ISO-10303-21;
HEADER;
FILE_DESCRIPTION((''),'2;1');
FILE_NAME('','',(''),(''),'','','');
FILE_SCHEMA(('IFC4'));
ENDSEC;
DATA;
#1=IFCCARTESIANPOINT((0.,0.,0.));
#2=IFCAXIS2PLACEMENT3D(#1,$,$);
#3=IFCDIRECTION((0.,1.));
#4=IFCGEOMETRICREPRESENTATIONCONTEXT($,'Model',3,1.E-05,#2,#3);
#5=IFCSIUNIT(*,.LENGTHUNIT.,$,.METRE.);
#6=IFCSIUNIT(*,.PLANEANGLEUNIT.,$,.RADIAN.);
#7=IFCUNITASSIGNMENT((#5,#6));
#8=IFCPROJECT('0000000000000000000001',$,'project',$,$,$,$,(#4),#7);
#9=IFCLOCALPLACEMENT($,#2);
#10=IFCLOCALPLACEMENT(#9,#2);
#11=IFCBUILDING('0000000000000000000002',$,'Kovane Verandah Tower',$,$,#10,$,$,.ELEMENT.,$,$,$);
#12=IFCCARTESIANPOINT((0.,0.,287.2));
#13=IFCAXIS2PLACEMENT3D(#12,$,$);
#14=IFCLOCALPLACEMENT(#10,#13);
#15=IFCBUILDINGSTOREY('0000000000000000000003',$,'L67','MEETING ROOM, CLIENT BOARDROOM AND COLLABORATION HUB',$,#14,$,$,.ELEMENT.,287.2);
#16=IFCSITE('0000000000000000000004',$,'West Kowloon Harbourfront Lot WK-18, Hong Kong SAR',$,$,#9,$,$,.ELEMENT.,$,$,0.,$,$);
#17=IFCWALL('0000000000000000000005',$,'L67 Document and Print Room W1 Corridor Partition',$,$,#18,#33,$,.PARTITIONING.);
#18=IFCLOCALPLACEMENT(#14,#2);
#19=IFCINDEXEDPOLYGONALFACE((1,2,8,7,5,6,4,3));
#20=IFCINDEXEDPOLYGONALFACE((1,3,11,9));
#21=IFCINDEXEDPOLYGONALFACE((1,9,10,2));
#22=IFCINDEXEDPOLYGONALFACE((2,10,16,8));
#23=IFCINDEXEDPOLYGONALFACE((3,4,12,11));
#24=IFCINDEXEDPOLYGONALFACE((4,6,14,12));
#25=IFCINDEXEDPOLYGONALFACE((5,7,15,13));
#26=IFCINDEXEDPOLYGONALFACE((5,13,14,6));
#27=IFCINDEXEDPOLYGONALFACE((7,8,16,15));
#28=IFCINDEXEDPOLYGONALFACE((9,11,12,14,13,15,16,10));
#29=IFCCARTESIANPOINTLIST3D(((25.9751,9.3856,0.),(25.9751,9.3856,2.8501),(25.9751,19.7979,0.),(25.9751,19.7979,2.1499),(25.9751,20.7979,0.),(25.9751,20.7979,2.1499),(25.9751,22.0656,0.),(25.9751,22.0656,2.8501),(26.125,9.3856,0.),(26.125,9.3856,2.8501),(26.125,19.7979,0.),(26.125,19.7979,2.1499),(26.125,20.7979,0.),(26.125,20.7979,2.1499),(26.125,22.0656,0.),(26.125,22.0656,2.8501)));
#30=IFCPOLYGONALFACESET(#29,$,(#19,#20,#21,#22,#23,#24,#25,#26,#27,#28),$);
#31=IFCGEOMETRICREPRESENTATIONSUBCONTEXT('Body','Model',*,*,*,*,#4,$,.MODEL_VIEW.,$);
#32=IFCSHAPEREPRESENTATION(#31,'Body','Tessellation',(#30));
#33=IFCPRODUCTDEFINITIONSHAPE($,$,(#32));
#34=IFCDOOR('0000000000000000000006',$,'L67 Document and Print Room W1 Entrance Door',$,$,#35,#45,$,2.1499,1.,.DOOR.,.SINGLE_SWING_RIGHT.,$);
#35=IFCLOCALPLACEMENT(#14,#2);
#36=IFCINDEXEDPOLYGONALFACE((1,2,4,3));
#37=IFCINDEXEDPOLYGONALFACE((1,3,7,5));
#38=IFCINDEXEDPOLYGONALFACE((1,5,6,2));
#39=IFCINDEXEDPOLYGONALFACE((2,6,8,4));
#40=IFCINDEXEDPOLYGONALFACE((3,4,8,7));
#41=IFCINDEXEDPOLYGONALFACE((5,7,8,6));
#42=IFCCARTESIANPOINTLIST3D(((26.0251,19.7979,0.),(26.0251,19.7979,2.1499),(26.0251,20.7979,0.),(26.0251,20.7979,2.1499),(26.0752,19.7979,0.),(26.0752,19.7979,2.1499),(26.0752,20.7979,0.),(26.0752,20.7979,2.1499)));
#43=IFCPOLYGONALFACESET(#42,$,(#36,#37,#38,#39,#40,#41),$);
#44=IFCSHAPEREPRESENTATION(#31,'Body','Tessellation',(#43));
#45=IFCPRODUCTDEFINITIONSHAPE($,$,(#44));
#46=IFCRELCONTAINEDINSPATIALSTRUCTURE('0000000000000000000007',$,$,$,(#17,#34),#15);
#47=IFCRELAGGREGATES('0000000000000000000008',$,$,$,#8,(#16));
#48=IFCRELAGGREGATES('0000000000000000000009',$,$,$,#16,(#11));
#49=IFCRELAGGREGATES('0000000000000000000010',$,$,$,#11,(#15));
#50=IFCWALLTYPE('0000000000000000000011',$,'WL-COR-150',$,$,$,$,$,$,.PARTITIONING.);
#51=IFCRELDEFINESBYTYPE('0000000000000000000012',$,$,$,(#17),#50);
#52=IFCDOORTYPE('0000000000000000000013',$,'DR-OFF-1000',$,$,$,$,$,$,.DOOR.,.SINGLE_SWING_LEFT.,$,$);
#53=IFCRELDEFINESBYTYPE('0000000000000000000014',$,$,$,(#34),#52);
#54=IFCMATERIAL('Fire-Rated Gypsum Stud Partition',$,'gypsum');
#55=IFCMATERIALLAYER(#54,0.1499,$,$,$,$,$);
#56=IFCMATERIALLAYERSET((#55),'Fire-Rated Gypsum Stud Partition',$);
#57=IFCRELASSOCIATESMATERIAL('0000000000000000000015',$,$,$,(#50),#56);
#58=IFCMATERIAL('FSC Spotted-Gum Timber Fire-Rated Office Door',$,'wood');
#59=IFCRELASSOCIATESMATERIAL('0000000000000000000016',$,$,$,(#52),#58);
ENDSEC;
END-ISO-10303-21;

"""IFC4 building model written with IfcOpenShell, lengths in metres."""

from ifc_helpers import new_model, si_unit, direction, frame, frame_2d, origin, place, context, subcontext, project, spatial, rectangle, extrude, material, layer, layer_set, type_object, element, fill, save


model = new_model("IFC4")

# Units and contexts
model_context = context("Model", 3, precision=1e-05, world=origin(), true_north=direction((0.0, 1.0)))
body_context = subcontext(model_context, "Body", "Model", "MODEL_VIEW")
ifc_project = project(units=[si_unit("LENGTHUNIT", "METRE"), si_unit("PLANEANGLEUNIT", "RADIAN")], contexts=[model_context])

# Site, building, storey
site_placement = place(None, origin())
site = spatial("IfcSite", under=ifc_project, at=site_placement, Name="West Kowloon Harbourfront Lot WK-18, Hong Kong SAR", CompositionType="ELEMENT", RefElevation=0.0)
building_placement = place(site_placement, origin())
building = spatial("IfcBuilding", under=site, at=building_placement, Name="Kovane Verandah Tower", CompositionType="ELEMENT")
storey_placement = place(building_placement, frame((0.0, 0.0, 287.2)))
storey = spatial("IfcBuildingStorey", under=building, at=storey_placement, Name="L67", Description="MEETING ROOM, CLIENT BOARDROOM AND COLLABORATION HUB", CompositionType="ELEMENT", Elevation=287.2)

# Wall, opening, door
ifc_material_1 = material(Name="Fire-Rated Gypsum Stud Partition", Category="gypsum")
ifc_layer_1 = layer(ifc_material_1, 0.1499)
ifc_layer_set_1 = layer_set([ifc_layer_1], Name="Fire-Rated Gypsum Stud Partition")
wall_type = type_object("IfcWallType", Name="WL-COR-150", PredefinedType="PARTITIONING", material=ifc_layer_set_1)
ifc_material_2 = material(Name="FSC Spotted-Gum Timber Fire-Rated Office Door", Category="wood")
door_type = type_object("IfcDoorType", Name="DR-OFF-1000", OperationType="SINGLE_SWING_LEFT", PredefinedType="DOOR", material=ifc_material_2)
wall_1_placement = place(storey_placement, frame((26.05, 9.3857, 0.0), z_axis=(0.0, 0.0, 1.0), x_axis=(0.0, 1.0, 0.0)))
wall_1 = element("IfcWall", 1, at=wall_1_placement, inside=storey, type_object=wall_type, Name="L67 Document and Print Room W1 Corridor Partition", PredefinedType="PARTITIONING", context=body_context, shape_type="SweptSolid", body=[
    extrude(rectangle(XDim=12.6799, YDim=0.1499, at=frame_2d((6.3398, 0.0))), origin(), (0.0, 0.0, 1.0), 2.8501),
])
opening_1_placement = place(wall_1_placement, frame((10.4121, 0.0, 0.0)))
opening_1 = element("IfcOpeningElement", 2, at=opening_1_placement, cuts=wall_1, PredefinedType="OPENING", context=body_context, shape_type="SweptSolid", body=[
    extrude(rectangle(XDim=1.0, YDim=2.1499, at=frame_2d((0.5, 1.075))), frame((0.0, 0.075, 0.0), z_axis=(0.0, -1.0, 0.0), x_axis=(1.0, 0.0, 0.0)), (0.0, 0.0, 1.0), 0.1499),
])
door_1_placement = place(opening_1_placement, origin())
door_1 = element("IfcDoor", 3, at=door_1_placement, inside=storey, type_object=door_type, Name="L67 Document and Print Room W1 Entrance Door", OperationType="SINGLE_SWING_RIGHT", OverallHeight=2.1499, OverallWidth=1.0, PredefinedType="DOOR", context=body_context, shape_type="SweptSolid", body=[
    extrude(rectangle(XDim=1.0, YDim=2.1499, at=frame_2d((0.5, 1.075))), frame((0.0, 0.0249, 0.0), z_axis=(0.0, -1.0, 0.0), x_axis=(1.0, 0.0, 0.0)), (0.0, 0.0, 1.0), 0.05),
])
fill(opening_1, door_1)

save(model, "model.ifc")
